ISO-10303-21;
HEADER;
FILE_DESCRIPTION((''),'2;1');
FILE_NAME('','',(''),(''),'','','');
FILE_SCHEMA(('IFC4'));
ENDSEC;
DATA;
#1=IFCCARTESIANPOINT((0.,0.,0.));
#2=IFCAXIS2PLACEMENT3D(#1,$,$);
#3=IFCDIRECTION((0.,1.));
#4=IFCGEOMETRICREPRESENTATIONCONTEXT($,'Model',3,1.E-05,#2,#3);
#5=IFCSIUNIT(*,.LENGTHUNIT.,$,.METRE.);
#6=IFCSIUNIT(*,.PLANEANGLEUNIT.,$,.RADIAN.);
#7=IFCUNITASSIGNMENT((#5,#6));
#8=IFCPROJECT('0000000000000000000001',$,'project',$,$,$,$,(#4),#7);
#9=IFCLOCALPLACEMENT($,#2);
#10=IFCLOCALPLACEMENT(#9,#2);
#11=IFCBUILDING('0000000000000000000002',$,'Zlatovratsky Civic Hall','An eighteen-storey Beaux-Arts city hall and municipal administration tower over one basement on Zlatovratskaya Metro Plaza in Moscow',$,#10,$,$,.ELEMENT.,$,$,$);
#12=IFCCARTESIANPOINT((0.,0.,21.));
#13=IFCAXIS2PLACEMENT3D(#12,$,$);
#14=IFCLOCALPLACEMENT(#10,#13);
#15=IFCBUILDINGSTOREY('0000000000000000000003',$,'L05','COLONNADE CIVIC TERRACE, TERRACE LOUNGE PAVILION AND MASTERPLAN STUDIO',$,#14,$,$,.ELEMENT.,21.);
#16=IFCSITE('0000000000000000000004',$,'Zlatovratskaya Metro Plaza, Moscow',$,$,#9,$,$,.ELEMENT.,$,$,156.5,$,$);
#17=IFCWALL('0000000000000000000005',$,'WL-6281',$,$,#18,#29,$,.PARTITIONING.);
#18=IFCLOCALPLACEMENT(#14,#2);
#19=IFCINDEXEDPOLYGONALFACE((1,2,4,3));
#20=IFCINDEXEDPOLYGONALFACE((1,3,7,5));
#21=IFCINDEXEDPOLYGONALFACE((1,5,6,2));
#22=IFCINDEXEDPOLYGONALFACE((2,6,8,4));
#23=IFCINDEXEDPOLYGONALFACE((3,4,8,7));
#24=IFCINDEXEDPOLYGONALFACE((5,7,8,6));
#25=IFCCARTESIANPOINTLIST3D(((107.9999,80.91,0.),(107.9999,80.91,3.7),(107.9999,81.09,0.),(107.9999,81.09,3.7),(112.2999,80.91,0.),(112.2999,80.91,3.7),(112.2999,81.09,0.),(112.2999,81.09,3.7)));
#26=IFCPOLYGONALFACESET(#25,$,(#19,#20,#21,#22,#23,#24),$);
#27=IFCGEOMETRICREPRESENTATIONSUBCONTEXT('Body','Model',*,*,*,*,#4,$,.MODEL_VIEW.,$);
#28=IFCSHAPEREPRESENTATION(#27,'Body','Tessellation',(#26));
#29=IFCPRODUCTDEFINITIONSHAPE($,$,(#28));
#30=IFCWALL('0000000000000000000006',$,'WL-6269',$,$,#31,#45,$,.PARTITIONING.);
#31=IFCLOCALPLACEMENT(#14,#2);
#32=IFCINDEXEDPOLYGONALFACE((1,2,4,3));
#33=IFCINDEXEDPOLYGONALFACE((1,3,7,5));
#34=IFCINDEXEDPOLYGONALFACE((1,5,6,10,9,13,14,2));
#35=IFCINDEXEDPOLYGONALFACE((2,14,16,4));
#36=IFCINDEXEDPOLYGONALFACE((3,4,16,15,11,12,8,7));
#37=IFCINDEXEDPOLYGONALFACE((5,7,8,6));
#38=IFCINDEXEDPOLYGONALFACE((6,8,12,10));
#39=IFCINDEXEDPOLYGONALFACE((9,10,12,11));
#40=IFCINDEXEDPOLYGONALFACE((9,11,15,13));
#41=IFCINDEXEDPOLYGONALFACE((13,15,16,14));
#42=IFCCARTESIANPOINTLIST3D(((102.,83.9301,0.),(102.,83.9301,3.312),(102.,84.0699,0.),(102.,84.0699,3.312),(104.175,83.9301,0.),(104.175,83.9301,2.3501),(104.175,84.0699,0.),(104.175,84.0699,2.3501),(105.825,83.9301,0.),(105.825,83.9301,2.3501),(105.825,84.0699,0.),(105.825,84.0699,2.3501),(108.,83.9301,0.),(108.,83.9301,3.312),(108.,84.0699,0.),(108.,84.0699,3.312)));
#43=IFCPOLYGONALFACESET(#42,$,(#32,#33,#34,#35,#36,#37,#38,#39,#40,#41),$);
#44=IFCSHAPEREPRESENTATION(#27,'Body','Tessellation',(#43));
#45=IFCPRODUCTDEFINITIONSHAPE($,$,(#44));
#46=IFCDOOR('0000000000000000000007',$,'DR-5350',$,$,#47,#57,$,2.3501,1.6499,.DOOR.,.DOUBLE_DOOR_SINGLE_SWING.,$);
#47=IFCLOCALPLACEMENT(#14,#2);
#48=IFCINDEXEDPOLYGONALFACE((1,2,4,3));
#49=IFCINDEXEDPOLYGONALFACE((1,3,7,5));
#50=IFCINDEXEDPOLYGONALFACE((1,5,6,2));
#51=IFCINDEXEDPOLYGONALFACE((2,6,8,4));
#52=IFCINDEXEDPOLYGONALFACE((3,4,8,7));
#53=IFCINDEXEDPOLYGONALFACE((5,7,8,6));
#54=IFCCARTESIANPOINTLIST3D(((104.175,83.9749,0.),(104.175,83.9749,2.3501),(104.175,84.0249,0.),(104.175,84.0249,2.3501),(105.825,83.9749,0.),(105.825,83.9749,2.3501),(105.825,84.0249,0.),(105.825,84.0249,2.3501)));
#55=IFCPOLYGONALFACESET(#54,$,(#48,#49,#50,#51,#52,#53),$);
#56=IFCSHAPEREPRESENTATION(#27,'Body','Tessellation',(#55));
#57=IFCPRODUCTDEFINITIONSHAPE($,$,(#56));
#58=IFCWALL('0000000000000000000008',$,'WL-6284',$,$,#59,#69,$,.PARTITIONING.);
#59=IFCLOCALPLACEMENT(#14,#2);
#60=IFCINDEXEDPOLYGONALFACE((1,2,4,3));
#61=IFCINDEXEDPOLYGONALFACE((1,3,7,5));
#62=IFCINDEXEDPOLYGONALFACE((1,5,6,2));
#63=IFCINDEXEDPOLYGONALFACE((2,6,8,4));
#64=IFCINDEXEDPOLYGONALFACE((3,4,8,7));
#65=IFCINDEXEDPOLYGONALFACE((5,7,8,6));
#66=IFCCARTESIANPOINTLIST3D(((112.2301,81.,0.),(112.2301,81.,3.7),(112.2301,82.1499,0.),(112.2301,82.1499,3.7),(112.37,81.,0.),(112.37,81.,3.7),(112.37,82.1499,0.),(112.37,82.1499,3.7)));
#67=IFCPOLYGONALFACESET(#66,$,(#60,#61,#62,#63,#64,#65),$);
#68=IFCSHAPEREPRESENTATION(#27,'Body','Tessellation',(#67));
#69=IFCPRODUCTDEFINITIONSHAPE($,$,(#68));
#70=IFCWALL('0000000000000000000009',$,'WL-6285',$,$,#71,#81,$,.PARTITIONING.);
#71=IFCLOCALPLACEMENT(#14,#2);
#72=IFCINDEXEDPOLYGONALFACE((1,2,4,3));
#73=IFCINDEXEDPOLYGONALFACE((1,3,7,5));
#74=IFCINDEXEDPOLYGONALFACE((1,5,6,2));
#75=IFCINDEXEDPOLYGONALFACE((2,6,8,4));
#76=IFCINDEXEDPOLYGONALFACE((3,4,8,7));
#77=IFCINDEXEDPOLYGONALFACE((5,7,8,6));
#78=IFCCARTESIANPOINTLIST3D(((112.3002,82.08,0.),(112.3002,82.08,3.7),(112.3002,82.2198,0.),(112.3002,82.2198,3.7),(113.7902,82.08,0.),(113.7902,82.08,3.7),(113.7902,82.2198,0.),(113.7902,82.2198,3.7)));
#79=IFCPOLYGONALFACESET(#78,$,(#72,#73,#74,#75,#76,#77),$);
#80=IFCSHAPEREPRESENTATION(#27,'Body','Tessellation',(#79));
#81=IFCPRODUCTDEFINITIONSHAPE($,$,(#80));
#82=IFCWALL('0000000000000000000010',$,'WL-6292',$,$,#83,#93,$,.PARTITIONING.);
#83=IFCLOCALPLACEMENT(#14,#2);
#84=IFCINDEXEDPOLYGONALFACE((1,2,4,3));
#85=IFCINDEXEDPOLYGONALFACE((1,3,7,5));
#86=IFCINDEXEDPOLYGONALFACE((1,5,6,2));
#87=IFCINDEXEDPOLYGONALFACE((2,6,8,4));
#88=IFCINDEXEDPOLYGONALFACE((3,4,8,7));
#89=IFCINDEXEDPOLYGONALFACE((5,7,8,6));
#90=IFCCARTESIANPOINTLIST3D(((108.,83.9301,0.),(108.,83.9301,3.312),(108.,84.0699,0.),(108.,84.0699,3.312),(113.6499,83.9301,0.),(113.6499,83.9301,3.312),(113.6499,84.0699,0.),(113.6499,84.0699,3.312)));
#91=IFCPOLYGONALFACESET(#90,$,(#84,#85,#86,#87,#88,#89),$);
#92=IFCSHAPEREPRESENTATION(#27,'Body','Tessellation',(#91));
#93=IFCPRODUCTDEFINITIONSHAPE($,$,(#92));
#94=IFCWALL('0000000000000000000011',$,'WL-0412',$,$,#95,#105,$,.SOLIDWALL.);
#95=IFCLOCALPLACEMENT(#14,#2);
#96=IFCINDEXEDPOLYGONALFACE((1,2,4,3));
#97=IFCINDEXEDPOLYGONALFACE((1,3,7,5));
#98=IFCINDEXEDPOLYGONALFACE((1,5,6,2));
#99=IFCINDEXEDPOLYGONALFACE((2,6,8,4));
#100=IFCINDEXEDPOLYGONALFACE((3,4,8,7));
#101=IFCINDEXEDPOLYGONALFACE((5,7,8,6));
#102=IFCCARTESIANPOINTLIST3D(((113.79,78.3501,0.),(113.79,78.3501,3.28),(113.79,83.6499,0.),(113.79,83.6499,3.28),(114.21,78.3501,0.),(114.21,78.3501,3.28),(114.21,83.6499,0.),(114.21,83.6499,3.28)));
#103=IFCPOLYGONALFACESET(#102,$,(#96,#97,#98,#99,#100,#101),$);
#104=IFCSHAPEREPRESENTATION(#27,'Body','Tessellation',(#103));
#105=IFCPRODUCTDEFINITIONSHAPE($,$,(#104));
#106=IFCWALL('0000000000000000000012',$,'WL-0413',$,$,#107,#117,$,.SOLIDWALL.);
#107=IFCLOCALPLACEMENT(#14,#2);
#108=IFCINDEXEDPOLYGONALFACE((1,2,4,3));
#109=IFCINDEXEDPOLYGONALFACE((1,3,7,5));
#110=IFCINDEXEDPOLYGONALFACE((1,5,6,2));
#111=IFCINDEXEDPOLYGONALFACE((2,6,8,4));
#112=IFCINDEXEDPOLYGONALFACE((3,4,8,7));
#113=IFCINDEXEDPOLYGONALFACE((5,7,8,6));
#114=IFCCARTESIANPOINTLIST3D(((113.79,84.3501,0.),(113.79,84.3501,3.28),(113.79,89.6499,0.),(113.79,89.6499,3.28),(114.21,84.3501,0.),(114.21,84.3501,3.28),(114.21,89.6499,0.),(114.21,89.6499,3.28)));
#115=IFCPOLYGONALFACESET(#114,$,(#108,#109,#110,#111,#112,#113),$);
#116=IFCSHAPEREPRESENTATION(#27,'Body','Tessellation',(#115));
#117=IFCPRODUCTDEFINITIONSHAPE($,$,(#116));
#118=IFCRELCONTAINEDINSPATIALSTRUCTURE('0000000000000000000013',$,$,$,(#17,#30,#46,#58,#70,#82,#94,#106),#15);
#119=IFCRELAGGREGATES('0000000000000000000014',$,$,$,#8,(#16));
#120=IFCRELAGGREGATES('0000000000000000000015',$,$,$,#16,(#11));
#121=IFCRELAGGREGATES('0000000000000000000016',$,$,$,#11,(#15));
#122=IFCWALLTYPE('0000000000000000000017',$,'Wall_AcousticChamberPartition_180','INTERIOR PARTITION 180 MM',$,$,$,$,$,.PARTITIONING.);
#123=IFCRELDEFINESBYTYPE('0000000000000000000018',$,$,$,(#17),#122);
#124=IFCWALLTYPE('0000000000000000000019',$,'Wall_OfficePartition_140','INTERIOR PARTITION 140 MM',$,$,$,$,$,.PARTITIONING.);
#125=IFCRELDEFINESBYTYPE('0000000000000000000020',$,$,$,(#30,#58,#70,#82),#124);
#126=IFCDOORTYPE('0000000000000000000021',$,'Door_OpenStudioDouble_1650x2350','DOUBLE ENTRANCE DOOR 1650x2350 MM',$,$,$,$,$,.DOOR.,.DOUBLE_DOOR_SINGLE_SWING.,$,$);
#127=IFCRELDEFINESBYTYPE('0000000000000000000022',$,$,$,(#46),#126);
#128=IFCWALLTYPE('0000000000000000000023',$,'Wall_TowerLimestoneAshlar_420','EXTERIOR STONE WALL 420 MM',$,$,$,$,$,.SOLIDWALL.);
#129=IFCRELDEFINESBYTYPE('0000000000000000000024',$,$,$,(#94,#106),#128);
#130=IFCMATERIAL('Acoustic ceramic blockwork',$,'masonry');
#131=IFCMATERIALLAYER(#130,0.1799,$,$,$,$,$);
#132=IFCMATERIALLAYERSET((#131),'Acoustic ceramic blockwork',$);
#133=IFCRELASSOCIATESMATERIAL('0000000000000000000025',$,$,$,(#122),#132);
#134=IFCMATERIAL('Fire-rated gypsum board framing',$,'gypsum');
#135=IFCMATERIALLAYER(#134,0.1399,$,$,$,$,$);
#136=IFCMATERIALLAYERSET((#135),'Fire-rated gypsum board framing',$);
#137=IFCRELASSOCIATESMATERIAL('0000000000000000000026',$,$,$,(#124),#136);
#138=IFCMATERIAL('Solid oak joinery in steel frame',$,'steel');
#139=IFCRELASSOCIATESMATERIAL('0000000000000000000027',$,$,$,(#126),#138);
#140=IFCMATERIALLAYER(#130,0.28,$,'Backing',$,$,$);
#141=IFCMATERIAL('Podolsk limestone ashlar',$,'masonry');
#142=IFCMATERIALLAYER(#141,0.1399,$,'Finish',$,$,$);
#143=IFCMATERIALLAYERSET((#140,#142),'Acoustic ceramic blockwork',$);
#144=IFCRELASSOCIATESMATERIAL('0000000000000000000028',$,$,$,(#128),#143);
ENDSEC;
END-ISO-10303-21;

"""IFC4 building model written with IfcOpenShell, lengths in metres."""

from ifc_helpers import new_model, si_unit, direction, frame, frame_2d, origin, place, context, subcontext, project, spatial, rectangle, extrude, material, layer, layer_set, type_object, element, fill, save


model = new_model("IFC4")

# Units and contexts
model_context = context("Model", 3, precision=1e-05, world=origin(), true_north=direction((0.0, 1.0)))
body_context = subcontext(model_context, "Body", "Model", "MODEL_VIEW")
ifc_project = project(units=[si_unit("LENGTHUNIT", "METRE"), si_unit("PLANEANGLEUNIT", "RADIAN")], contexts=[model_context])

# Site, building, storey
site_placement = place(None, origin())
site = spatial("IfcSite", under=ifc_project, at=site_placement, Name="Zlatovratskaya Metro Plaza, Moscow", CompositionType="ELEMENT", RefElevation=156.5)
building_placement = place(site_placement, origin())
building = spatial("IfcBuilding", under=site, at=building_placement, Name="Zlatovratsky Civic Hall", Description="An eighteen-storey Beaux-Arts city hall and municipal administration tower over one basement on Zlatovratskaya Metro Plaza in Moscow", CompositionType="ELEMENT")
storey_placement = place(building_placement, frame((0.0, 0.0, 21.0)))
storey = spatial("IfcBuildingStorey", under=building, at=storey_placement, Name="L05", Description="COLONNADE CIVIC TERRACE, TERRACE LOUNGE PAVILION AND MASTERPLAN STUDIO", CompositionType="ELEMENT", Elevation=21.0)

# Wall
ifc_material_1 = material(Name="Acoustic ceramic blockwork", Category="masonry")
ifc_layer_1 = layer(ifc_material_1, 0.1799)
ifc_layer_set_1 = layer_set([ifc_layer_1], Name="Acoustic ceramic blockwork")
wall_type_1 = type_object("IfcWallType", Name="Wall_AcousticChamberPartition_180", Description="INTERIOR PARTITION 180 MM", PredefinedType="PARTITIONING", material=ifc_layer_set_1)
wall_1_placement = place(storey_placement, frame((108.0, 81.0, 0.0), z_axis=(0.0, 0.0, 1.0), x_axis=(1.0, 0.0, 0.0)))
element("IfcWall", 1, at=wall_1_placement, inside=storey, type_object=wall_type_1, Name="WL-6281", PredefinedType="PARTITIONING", context=body_context, shape_type="SweptSolid", body=[
    extrude(rectangle(XDim=4.3, YDim=0.1799, at=frame_2d((2.1499, 0.0))), origin(), (0.0, 0.0, 1.0), 3.7),
])

# Wall, opening, door
ifc_material_2 = material(Name="Fire-rated gypsum board framing", Category="gypsum")
ifc_layer_2 = layer(ifc_material_2, 0.1399)
ifc_layer_set_2 = layer_set([ifc_layer_2], Name="Fire-rated gypsum board framing")
wall_type_2 = type_object("IfcWallType", Name="Wall_OfficePartition_140", Description="INTERIOR PARTITION 140 MM", PredefinedType="PARTITIONING", material=ifc_layer_set_2)
wall_2_placement = place(storey_placement, frame((102.0, 84.0, 0.0), z_axis=(0.0, 0.0, 1.0), x_axis=(1.0, 0.0, 0.0)))
wall_2 = element("IfcWall", 2, at=wall_2_placement, inside=storey, type_object=wall_type_2, Name="WL-6269", PredefinedType="PARTITIONING", context=body_context, shape_type="SweptSolid", body=[
    extrude(rectangle(XDim=6.0, YDim=0.1399, at=frame_2d((3.0, 0.0))), origin(), (0.0, 0.0, 1.0), 3.312),
])
opening_placement = place(wall_2_placement, frame((2.175, 0.0, 0.0)))
opening = element("IfcOpeningElement", 3, at=opening_placement, cuts=wall_2, PredefinedType="OPENING", context=body_context, shape_type="SweptSolid", body=[
    extrude(rectangle(XDim=1.6499, YDim=2.3501, at=frame_2d((0.825, 1.175))), frame((0.0, 0.085, 0.0), z_axis=(0.0, -1.0, 0.0), x_axis=(1.0, 0.0, 0.0)), (0.0, 0.0, 1.0), 0.1697),
])
ifc_material_3 = material(Name="Solid oak joinery in steel frame", Category="steel")
door_type = type_object("IfcDoorType", Name="Door_OpenStudioDouble_1650x2350", Description="DOUBLE ENTRANCE DOOR 1650x2350 MM", OperationType="DOUBLE_DOOR_SINGLE_SWING", PredefinedType="DOOR", material=ifc_material_3)
door_placement = place(opening_placement, origin())
door = element("IfcDoor", 4, at=door_placement, inside=storey, type_object=door_type, Name="DR-5350", OperationType="DOUBLE_DOOR_SINGLE_SWING", OverallHeight=2.3501, OverallWidth=1.6499, PredefinedType="DOOR", context=body_context, shape_type="SweptSolid", body=[
    extrude(rectangle(XDim=1.6499, YDim=2.3501, at=frame_2d((0.825, 1.175))), frame((0.0, 0.0249, 0.0), z_axis=(0.0, -1.0, 0.0), x_axis=(1.0, 0.0, 0.0)), (0.0, 0.0, 1.0), 0.05),
])
fill(opening, door)

# Walls
wall_3_placement = place(storey_placement, frame((112.3, 81.0, 0.0), z_axis=(0.0, 0.0, 1.0), x_axis=(0.0, 1.0, 0.0)))
element("IfcWall", 5, at=wall_3_placement, inside=storey, type_object=wall_type_2, Name="WL-6284", PredefinedType="PARTITIONING", context=body_context, shape_type="SweptSolid", body=[
    extrude(rectangle(XDim=1.1499, YDim=0.1399, at=frame_2d((0.575, 0.0))), origin(), (0.0, 0.0, 1.0), 3.7),
])
wall_4_placement = place(storey_placement, frame((112.3, 82.1499, 0.0), z_axis=(0.0, 0.0, 1.0), x_axis=(1.0, 0.0, 0.0)))
element("IfcWall", 6, at=wall_4_placement, inside=storey, type_object=wall_type_2, Name="WL-6285", PredefinedType="PARTITIONING", context=body_context, shape_type="SweptSolid", body=[
    extrude(rectangle(XDim=1.49, YDim=0.1399, at=frame_2d((0.7451, 0.0))), origin(), (0.0, 0.0, 1.0), 3.7),
])
wall_5_placement = place(storey_placement, frame((108.0, 84.0, 0.0), z_axis=(0.0, 0.0, 1.0), x_axis=(1.0, 0.0, 0.0)))
element("IfcWall", 7, at=wall_5_placement, inside=storey, type_object=wall_type_2, Name="WL-6292", PredefinedType="PARTITIONING", context=body_context, shape_type="SweptSolid", body=[
    extrude(rectangle(XDim=5.6499, YDim=0.1399, at=frame_2d((2.825, 0.0))), origin(), (0.0, 0.0, 1.0), 3.312),
])
ifc_layer_3 = layer(ifc_material_1, 0.28, Name="Backing")
ifc_material_4 = material(Name="Podolsk limestone ashlar", Category="masonry")
ifc_layer_4 = layer(ifc_material_4, 0.1399, Name="Finish")
ifc_layer_set_3 = layer_set([ifc_layer_3, ifc_layer_4], Name="Acoustic ceramic blockwork")
wall_type_3 = type_object("IfcWallType", Name="Wall_TowerLimestoneAshlar_420", Description="EXTERIOR STONE WALL 420 MM", PredefinedType="SOLIDWALL", material=ifc_layer_set_3)
for number, where, z_axis, x_axis, name in (
    (8, (114.0, 78.3501, 0.0), (0.0, 0.0, 1.0), (0.0, 1.0, 0.0), "WL-0412"),
    (9, (114.0, 84.3501, 0.0), (0.0, 0.0, 1.0), (0.0, 1.0, 0.0), "WL-0413"),
):
    element("IfcWall", number, at=place(storey_placement, frame(where, z_axis=z_axis, x_axis=x_axis)), inside=storey, type_object=wall_type_3, Name=name, PredefinedType="SOLIDWALL", context=body_context, shape_type="SweptSolid", body=[
        extrude(rectangle(XDim=5.2998, YDim=0.4199, at=frame_2d((2.6499, 0.0))), origin(), (0.0, 0.0, 1.0), 3.28),
    ])

save(model, "model.ifc")
